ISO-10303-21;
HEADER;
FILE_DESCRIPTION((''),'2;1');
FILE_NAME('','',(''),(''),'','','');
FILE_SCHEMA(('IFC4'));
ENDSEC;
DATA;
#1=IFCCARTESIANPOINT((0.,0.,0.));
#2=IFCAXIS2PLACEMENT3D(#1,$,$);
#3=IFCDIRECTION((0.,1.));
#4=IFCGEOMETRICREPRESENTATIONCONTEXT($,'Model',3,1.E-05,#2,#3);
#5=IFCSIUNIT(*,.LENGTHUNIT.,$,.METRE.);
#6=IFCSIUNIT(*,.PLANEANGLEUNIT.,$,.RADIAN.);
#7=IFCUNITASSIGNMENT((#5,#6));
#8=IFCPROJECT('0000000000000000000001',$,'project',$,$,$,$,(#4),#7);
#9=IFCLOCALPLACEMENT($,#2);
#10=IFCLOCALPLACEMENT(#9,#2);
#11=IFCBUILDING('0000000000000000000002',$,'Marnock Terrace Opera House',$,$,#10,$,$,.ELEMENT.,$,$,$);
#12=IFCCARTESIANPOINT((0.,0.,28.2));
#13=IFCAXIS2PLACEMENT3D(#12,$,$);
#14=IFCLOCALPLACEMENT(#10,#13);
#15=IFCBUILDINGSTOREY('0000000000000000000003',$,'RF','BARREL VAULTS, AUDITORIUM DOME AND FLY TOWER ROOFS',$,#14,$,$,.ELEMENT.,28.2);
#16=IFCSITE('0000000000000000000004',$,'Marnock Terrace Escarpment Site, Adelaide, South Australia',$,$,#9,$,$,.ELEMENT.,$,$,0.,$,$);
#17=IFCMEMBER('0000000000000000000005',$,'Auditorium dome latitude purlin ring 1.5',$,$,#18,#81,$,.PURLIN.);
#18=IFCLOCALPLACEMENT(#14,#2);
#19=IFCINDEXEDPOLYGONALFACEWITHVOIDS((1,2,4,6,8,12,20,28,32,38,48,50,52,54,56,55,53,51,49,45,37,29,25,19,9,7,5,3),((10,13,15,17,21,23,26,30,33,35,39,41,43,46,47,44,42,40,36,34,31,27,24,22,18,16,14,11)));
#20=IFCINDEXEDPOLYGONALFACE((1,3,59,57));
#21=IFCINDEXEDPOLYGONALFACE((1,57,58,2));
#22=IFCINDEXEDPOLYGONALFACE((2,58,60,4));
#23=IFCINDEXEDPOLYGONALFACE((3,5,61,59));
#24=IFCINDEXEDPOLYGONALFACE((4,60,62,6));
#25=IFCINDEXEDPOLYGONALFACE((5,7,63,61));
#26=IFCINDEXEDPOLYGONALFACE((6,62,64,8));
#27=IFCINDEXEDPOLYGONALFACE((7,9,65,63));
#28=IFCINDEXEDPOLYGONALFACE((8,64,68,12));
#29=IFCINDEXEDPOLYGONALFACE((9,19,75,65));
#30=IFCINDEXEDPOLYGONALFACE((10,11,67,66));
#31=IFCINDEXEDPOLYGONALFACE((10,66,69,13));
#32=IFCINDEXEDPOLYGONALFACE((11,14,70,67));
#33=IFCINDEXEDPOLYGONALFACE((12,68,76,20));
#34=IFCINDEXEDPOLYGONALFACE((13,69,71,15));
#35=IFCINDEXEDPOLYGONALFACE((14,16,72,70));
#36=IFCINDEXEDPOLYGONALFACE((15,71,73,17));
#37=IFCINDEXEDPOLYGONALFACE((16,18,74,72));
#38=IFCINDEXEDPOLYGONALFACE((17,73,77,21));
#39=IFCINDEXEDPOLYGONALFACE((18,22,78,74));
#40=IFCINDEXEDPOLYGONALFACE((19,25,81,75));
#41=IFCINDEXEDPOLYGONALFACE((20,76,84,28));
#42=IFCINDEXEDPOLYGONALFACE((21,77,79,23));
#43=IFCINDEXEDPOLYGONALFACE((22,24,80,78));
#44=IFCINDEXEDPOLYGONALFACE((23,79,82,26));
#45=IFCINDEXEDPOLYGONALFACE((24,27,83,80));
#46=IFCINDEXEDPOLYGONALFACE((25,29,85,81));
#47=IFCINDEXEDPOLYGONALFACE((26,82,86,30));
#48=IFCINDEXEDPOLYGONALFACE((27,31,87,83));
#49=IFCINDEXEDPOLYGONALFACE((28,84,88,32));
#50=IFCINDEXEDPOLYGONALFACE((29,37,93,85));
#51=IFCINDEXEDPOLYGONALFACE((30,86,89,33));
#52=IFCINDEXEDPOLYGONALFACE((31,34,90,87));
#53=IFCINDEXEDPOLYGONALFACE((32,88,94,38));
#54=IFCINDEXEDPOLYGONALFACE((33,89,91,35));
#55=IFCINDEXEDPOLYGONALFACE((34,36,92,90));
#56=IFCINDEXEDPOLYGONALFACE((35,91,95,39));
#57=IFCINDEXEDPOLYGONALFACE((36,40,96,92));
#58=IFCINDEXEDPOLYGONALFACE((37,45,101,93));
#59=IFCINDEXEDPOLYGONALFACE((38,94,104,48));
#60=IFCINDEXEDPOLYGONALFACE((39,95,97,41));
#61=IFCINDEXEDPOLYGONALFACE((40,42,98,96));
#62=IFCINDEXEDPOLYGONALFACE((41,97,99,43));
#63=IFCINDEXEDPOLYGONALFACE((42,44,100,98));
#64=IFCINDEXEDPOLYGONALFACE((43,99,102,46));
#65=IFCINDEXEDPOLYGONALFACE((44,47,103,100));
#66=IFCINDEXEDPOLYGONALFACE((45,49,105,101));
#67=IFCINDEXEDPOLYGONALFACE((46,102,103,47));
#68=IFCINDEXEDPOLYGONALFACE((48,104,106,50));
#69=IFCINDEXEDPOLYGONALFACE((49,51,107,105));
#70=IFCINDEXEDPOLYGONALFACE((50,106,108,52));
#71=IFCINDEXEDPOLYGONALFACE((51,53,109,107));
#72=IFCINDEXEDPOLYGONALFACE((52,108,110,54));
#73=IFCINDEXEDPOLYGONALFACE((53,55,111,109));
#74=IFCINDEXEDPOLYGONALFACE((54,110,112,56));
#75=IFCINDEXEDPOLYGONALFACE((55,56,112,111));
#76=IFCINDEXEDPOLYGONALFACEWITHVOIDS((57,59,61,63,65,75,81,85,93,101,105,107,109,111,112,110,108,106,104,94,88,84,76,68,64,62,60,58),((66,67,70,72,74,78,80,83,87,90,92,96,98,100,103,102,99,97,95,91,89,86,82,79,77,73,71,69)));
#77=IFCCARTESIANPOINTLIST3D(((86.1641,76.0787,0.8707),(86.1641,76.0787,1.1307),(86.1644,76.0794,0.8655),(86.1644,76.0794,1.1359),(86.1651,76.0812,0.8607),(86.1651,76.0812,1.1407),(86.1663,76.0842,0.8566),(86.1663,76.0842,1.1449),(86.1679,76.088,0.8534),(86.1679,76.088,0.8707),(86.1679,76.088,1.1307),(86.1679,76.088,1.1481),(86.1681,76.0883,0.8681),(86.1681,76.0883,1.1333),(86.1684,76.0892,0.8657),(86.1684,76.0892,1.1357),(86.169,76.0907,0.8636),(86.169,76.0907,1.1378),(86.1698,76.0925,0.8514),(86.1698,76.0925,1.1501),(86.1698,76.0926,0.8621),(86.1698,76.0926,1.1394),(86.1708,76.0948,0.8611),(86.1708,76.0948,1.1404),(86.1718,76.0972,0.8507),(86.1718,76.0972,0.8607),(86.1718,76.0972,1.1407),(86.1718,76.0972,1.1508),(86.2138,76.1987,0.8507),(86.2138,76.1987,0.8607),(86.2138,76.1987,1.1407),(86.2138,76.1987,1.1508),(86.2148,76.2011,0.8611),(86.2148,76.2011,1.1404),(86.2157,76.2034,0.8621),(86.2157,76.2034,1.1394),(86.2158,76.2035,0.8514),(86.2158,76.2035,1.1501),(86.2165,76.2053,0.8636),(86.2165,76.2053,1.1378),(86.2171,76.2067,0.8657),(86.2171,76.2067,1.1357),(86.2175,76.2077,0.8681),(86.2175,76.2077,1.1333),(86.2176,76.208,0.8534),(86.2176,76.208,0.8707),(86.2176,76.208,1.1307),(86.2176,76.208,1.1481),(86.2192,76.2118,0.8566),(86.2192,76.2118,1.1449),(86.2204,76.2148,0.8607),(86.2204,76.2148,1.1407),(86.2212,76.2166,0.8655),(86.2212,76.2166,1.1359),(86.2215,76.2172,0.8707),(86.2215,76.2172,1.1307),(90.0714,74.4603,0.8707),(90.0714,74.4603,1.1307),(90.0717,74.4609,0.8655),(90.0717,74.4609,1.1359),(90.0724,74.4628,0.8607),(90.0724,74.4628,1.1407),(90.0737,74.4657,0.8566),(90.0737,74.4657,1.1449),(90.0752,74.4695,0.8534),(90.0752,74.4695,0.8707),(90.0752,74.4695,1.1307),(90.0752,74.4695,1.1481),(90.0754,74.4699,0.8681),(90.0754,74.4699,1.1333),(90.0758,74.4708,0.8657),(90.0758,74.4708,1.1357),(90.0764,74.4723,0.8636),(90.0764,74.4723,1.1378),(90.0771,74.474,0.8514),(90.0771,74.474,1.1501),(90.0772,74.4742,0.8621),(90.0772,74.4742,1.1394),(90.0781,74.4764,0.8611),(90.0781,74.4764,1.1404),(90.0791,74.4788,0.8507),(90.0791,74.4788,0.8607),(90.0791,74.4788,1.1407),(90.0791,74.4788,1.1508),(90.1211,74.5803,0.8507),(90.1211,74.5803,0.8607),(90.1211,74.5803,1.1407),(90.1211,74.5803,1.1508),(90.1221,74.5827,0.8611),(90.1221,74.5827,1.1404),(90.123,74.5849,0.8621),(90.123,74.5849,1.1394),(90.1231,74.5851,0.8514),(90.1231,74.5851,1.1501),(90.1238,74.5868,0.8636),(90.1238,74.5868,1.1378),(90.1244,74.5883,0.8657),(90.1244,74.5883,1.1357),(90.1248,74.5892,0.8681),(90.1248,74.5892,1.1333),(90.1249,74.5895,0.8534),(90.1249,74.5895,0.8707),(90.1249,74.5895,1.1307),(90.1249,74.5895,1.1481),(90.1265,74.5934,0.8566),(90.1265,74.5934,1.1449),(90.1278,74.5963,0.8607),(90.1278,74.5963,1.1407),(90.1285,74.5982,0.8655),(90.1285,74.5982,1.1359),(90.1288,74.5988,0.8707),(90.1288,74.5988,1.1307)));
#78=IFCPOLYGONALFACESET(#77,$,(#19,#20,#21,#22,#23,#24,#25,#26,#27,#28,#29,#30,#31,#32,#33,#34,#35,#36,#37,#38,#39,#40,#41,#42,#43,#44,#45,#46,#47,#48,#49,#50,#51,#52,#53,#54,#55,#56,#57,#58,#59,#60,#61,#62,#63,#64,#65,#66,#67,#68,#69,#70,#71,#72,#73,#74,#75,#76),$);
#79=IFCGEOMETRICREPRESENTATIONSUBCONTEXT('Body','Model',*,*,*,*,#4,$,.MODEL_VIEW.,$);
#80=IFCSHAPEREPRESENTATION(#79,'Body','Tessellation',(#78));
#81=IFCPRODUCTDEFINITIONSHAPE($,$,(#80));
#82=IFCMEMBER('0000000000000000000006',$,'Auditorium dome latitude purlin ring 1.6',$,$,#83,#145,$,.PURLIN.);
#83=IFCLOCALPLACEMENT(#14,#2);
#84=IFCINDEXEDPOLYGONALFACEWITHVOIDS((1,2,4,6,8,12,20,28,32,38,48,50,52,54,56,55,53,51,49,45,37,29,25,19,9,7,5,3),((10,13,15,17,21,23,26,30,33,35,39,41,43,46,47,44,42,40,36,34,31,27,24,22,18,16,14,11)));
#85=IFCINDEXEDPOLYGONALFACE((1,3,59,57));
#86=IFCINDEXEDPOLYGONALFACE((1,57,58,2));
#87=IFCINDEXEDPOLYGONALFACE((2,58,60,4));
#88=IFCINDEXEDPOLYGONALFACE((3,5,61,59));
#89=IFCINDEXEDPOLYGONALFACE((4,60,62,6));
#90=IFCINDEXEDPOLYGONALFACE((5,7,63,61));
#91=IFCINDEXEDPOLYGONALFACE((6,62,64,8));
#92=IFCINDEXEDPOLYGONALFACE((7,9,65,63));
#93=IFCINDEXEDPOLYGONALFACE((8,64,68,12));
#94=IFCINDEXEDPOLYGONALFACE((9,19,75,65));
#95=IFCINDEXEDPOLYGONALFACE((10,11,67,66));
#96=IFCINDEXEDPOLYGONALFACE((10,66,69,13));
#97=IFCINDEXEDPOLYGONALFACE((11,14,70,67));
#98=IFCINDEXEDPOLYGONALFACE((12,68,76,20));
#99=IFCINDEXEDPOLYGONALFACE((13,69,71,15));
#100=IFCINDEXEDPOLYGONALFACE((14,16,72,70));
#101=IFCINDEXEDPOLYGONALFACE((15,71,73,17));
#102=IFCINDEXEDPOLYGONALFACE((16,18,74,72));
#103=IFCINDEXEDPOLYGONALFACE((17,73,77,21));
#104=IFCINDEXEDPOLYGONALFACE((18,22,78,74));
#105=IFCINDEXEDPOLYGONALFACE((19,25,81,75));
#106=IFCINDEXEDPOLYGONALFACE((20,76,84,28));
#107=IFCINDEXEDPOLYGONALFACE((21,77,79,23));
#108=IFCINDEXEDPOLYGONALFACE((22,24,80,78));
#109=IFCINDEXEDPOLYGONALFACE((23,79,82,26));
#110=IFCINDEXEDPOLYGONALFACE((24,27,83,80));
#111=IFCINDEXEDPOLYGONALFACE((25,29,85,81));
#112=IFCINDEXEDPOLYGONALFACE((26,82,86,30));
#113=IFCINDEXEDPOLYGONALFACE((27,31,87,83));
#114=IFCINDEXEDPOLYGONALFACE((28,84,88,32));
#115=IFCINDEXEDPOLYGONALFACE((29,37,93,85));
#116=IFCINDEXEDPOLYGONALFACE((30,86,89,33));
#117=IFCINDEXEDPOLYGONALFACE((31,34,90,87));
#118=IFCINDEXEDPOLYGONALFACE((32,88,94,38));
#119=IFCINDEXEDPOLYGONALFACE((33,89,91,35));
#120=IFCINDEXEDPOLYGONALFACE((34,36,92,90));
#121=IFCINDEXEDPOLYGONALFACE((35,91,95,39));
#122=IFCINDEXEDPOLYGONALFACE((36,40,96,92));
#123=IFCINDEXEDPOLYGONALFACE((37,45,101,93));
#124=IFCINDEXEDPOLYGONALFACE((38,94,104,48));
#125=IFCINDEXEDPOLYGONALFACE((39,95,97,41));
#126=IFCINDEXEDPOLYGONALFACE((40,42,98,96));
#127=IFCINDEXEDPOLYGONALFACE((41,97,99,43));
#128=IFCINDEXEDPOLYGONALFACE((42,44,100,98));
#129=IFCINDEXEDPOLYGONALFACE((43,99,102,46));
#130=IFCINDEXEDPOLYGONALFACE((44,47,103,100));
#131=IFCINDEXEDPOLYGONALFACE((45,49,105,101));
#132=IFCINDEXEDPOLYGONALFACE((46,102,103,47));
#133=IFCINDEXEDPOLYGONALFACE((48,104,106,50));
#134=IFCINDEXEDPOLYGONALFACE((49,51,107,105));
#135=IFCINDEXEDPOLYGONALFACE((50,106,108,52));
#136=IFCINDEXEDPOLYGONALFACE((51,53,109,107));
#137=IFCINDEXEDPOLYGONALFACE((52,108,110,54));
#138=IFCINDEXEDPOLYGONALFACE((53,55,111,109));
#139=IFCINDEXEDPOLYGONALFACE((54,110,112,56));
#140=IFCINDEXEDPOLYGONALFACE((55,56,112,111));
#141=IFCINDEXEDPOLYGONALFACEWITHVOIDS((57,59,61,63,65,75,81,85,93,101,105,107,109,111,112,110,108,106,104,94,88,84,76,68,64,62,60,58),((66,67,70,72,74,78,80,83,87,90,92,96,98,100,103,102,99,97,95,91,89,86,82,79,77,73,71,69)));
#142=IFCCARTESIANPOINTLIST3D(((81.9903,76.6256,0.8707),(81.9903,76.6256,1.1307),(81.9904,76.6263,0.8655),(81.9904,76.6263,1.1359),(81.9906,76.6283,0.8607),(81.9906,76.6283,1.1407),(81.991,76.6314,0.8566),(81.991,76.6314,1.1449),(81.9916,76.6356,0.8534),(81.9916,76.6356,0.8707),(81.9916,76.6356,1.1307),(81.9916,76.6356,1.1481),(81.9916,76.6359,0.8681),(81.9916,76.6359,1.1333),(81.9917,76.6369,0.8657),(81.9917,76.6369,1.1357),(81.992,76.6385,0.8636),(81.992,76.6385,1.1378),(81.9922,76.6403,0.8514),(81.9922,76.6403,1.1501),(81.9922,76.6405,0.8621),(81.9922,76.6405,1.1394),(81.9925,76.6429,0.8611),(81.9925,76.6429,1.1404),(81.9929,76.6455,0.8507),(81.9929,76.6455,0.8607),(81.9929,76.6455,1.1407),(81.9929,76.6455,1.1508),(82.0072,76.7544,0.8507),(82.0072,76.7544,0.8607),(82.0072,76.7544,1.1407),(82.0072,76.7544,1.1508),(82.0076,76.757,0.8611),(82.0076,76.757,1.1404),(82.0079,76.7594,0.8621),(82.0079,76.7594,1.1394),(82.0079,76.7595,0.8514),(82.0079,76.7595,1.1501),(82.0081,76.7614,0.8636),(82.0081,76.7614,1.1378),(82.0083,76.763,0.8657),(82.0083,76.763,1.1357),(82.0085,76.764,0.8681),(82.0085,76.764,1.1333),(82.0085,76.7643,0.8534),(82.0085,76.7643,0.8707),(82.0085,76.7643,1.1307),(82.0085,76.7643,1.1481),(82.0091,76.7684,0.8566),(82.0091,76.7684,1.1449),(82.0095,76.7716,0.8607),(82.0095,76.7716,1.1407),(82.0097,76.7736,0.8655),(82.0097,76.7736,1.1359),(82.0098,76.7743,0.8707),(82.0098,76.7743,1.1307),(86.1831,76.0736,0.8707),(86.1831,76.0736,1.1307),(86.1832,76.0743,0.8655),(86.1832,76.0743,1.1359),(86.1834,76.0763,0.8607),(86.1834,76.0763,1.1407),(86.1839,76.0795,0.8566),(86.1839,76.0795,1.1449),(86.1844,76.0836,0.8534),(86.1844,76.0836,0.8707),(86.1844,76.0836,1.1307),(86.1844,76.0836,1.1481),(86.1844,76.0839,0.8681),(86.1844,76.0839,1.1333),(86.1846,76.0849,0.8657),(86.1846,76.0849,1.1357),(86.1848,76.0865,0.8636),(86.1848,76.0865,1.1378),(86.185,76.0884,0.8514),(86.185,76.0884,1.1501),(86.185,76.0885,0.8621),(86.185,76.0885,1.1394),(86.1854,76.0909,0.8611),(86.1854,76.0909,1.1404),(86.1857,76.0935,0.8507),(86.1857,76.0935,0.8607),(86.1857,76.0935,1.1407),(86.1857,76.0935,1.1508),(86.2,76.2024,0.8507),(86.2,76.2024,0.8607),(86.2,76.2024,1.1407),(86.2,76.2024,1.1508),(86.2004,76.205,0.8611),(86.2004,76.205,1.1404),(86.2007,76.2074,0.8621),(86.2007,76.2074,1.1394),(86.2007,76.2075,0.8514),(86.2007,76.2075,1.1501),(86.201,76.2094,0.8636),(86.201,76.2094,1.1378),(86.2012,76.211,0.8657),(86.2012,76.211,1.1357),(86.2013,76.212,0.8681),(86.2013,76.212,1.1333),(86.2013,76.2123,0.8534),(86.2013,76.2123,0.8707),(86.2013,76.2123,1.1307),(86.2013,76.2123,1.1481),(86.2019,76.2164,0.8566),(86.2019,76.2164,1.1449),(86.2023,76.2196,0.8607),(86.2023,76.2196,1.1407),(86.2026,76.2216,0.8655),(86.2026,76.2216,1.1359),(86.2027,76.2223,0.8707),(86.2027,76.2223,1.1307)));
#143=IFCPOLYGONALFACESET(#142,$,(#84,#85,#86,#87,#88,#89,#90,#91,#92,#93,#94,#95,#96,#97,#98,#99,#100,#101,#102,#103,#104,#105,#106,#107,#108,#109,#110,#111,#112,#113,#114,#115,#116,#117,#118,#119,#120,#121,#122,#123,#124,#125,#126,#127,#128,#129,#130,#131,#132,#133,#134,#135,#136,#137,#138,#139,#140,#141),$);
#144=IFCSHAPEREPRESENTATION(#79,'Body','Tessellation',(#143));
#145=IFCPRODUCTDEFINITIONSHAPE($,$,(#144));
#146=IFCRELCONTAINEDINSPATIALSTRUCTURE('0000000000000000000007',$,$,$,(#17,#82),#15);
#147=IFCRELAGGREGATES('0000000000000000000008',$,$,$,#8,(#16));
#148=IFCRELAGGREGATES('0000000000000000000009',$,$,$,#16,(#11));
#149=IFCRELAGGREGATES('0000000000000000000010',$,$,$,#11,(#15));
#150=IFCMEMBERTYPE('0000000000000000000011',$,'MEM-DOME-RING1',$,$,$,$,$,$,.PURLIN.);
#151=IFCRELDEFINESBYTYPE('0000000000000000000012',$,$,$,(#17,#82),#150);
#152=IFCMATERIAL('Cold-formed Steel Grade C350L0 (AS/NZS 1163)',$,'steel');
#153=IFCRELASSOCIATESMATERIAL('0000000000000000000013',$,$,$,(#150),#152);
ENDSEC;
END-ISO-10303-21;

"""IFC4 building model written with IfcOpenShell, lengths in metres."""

from ifc_helpers import new_model, si_unit, direction, frame, origin, origin_2d, place, context, subcontext, project, spatial, hollow_rectangle, extrude, material, material_profile, profile_set, type_object, element, save


model = new_model("IFC4")

# Units and contexts
model_context = context("Model", 3, precision=1e-05, world=origin(), true_north=direction((0.0, 1.0)))
body_context = subcontext(model_context, "Body", "Model", "MODEL_VIEW")
ifc_project = project(units=[si_unit("LENGTHUNIT", "METRE"), si_unit("PLANEANGLEUNIT", "RADIAN")], contexts=[model_context])

# Site, building, storey
site_placement = place(None, origin())
site = spatial("IfcSite", under=ifc_project, at=site_placement, Name="Marnock Terrace Escarpment Site, Adelaide, South Australia", CompositionType="ELEMENT", RefElevation=0.0)
building_placement = place(site_placement, origin())
building = spatial("IfcBuilding", under=site, at=building_placement, Name="Marnock Terrace Opera House", CompositionType="ELEMENT")
storey_placement = place(building_placement, frame((0.0, 0.0, 28.2)))
storey = spatial("IfcBuildingStorey", under=building, at=storey_placement, Name="RF", Description="BARREL VAULTS, AUDITORIUM DOME AND FLY TOWER ROOFS", CompositionType="ELEMENT", Elevation=28.2)

# Members
ifc_material_1 = material(Name="Cold-formed Steel Grade C350L0 (AS/NZS 1163)", Category="steel")
ifc_material_profile_1 = material_profile(ifc_material_1, hollow_rectangle(XDim=0.1499, YDim=0.3, WallThickness=0.01, InnerFilletRadius=0.01, OuterFilletRadius=0.02, at=origin_2d()))
ifc_profile_set_1 = profile_set([ifc_material_profile_1], Name="Cold-formed Steel Grade C350L0 (AS/NZS 1163)")
member_type_1 = type_object("IfcMemberType", Name="MEM-DOME-RING1", PredefinedType="PURLIN", material=ifc_profile_set_1)
member_1_placement = place(storey_placement, frame((90.1001, 74.5295, 1.0007), z_axis=(-0.923881, 0.38268, 0.0), x_axis=(-0.38268, -0.923881, 0.0)))
element("IfcMember", 1, at=member_1_placement, inside=storey, type_object=member_type_1, Name="Auditorium dome latitude purlin ring 1.5", PredefinedType="PURLIN", context=body_context, shape_type="SweptSolid", body=[
    extrude(hollow_rectangle(XDim=0.1499, YDim=0.3, WallThickness=0.01, InnerFilletRadius=0.01, OuterFilletRadius=0.02, at=origin_2d()), origin(), (0.0, 0.0, 1.0), 4.2292),
])
member_2_placement = place(storey_placement, frame((86.1929, 76.1479, 1.0007), z_axis=(-0.991445, 0.130526, 0.0), x_axis=(-0.130526, -0.991445, 0.0)))
element("IfcMember", 2, at=member_2_placement, inside=storey, type_object=member_type_1, Name="Auditorium dome latitude purlin ring 1.6", PredefinedType="PURLIN", context=body_context, shape_type="SweptSolid", body=[
    extrude(hollow_rectangle(XDim=0.1499, YDim=0.3, WallThickness=0.01, InnerFilletRadius=0.01, OuterFilletRadius=0.02, at=origin_2d()), origin(), (0.0, 0.0, 1.0), 4.229),
])

save(model, "model.ifc")
